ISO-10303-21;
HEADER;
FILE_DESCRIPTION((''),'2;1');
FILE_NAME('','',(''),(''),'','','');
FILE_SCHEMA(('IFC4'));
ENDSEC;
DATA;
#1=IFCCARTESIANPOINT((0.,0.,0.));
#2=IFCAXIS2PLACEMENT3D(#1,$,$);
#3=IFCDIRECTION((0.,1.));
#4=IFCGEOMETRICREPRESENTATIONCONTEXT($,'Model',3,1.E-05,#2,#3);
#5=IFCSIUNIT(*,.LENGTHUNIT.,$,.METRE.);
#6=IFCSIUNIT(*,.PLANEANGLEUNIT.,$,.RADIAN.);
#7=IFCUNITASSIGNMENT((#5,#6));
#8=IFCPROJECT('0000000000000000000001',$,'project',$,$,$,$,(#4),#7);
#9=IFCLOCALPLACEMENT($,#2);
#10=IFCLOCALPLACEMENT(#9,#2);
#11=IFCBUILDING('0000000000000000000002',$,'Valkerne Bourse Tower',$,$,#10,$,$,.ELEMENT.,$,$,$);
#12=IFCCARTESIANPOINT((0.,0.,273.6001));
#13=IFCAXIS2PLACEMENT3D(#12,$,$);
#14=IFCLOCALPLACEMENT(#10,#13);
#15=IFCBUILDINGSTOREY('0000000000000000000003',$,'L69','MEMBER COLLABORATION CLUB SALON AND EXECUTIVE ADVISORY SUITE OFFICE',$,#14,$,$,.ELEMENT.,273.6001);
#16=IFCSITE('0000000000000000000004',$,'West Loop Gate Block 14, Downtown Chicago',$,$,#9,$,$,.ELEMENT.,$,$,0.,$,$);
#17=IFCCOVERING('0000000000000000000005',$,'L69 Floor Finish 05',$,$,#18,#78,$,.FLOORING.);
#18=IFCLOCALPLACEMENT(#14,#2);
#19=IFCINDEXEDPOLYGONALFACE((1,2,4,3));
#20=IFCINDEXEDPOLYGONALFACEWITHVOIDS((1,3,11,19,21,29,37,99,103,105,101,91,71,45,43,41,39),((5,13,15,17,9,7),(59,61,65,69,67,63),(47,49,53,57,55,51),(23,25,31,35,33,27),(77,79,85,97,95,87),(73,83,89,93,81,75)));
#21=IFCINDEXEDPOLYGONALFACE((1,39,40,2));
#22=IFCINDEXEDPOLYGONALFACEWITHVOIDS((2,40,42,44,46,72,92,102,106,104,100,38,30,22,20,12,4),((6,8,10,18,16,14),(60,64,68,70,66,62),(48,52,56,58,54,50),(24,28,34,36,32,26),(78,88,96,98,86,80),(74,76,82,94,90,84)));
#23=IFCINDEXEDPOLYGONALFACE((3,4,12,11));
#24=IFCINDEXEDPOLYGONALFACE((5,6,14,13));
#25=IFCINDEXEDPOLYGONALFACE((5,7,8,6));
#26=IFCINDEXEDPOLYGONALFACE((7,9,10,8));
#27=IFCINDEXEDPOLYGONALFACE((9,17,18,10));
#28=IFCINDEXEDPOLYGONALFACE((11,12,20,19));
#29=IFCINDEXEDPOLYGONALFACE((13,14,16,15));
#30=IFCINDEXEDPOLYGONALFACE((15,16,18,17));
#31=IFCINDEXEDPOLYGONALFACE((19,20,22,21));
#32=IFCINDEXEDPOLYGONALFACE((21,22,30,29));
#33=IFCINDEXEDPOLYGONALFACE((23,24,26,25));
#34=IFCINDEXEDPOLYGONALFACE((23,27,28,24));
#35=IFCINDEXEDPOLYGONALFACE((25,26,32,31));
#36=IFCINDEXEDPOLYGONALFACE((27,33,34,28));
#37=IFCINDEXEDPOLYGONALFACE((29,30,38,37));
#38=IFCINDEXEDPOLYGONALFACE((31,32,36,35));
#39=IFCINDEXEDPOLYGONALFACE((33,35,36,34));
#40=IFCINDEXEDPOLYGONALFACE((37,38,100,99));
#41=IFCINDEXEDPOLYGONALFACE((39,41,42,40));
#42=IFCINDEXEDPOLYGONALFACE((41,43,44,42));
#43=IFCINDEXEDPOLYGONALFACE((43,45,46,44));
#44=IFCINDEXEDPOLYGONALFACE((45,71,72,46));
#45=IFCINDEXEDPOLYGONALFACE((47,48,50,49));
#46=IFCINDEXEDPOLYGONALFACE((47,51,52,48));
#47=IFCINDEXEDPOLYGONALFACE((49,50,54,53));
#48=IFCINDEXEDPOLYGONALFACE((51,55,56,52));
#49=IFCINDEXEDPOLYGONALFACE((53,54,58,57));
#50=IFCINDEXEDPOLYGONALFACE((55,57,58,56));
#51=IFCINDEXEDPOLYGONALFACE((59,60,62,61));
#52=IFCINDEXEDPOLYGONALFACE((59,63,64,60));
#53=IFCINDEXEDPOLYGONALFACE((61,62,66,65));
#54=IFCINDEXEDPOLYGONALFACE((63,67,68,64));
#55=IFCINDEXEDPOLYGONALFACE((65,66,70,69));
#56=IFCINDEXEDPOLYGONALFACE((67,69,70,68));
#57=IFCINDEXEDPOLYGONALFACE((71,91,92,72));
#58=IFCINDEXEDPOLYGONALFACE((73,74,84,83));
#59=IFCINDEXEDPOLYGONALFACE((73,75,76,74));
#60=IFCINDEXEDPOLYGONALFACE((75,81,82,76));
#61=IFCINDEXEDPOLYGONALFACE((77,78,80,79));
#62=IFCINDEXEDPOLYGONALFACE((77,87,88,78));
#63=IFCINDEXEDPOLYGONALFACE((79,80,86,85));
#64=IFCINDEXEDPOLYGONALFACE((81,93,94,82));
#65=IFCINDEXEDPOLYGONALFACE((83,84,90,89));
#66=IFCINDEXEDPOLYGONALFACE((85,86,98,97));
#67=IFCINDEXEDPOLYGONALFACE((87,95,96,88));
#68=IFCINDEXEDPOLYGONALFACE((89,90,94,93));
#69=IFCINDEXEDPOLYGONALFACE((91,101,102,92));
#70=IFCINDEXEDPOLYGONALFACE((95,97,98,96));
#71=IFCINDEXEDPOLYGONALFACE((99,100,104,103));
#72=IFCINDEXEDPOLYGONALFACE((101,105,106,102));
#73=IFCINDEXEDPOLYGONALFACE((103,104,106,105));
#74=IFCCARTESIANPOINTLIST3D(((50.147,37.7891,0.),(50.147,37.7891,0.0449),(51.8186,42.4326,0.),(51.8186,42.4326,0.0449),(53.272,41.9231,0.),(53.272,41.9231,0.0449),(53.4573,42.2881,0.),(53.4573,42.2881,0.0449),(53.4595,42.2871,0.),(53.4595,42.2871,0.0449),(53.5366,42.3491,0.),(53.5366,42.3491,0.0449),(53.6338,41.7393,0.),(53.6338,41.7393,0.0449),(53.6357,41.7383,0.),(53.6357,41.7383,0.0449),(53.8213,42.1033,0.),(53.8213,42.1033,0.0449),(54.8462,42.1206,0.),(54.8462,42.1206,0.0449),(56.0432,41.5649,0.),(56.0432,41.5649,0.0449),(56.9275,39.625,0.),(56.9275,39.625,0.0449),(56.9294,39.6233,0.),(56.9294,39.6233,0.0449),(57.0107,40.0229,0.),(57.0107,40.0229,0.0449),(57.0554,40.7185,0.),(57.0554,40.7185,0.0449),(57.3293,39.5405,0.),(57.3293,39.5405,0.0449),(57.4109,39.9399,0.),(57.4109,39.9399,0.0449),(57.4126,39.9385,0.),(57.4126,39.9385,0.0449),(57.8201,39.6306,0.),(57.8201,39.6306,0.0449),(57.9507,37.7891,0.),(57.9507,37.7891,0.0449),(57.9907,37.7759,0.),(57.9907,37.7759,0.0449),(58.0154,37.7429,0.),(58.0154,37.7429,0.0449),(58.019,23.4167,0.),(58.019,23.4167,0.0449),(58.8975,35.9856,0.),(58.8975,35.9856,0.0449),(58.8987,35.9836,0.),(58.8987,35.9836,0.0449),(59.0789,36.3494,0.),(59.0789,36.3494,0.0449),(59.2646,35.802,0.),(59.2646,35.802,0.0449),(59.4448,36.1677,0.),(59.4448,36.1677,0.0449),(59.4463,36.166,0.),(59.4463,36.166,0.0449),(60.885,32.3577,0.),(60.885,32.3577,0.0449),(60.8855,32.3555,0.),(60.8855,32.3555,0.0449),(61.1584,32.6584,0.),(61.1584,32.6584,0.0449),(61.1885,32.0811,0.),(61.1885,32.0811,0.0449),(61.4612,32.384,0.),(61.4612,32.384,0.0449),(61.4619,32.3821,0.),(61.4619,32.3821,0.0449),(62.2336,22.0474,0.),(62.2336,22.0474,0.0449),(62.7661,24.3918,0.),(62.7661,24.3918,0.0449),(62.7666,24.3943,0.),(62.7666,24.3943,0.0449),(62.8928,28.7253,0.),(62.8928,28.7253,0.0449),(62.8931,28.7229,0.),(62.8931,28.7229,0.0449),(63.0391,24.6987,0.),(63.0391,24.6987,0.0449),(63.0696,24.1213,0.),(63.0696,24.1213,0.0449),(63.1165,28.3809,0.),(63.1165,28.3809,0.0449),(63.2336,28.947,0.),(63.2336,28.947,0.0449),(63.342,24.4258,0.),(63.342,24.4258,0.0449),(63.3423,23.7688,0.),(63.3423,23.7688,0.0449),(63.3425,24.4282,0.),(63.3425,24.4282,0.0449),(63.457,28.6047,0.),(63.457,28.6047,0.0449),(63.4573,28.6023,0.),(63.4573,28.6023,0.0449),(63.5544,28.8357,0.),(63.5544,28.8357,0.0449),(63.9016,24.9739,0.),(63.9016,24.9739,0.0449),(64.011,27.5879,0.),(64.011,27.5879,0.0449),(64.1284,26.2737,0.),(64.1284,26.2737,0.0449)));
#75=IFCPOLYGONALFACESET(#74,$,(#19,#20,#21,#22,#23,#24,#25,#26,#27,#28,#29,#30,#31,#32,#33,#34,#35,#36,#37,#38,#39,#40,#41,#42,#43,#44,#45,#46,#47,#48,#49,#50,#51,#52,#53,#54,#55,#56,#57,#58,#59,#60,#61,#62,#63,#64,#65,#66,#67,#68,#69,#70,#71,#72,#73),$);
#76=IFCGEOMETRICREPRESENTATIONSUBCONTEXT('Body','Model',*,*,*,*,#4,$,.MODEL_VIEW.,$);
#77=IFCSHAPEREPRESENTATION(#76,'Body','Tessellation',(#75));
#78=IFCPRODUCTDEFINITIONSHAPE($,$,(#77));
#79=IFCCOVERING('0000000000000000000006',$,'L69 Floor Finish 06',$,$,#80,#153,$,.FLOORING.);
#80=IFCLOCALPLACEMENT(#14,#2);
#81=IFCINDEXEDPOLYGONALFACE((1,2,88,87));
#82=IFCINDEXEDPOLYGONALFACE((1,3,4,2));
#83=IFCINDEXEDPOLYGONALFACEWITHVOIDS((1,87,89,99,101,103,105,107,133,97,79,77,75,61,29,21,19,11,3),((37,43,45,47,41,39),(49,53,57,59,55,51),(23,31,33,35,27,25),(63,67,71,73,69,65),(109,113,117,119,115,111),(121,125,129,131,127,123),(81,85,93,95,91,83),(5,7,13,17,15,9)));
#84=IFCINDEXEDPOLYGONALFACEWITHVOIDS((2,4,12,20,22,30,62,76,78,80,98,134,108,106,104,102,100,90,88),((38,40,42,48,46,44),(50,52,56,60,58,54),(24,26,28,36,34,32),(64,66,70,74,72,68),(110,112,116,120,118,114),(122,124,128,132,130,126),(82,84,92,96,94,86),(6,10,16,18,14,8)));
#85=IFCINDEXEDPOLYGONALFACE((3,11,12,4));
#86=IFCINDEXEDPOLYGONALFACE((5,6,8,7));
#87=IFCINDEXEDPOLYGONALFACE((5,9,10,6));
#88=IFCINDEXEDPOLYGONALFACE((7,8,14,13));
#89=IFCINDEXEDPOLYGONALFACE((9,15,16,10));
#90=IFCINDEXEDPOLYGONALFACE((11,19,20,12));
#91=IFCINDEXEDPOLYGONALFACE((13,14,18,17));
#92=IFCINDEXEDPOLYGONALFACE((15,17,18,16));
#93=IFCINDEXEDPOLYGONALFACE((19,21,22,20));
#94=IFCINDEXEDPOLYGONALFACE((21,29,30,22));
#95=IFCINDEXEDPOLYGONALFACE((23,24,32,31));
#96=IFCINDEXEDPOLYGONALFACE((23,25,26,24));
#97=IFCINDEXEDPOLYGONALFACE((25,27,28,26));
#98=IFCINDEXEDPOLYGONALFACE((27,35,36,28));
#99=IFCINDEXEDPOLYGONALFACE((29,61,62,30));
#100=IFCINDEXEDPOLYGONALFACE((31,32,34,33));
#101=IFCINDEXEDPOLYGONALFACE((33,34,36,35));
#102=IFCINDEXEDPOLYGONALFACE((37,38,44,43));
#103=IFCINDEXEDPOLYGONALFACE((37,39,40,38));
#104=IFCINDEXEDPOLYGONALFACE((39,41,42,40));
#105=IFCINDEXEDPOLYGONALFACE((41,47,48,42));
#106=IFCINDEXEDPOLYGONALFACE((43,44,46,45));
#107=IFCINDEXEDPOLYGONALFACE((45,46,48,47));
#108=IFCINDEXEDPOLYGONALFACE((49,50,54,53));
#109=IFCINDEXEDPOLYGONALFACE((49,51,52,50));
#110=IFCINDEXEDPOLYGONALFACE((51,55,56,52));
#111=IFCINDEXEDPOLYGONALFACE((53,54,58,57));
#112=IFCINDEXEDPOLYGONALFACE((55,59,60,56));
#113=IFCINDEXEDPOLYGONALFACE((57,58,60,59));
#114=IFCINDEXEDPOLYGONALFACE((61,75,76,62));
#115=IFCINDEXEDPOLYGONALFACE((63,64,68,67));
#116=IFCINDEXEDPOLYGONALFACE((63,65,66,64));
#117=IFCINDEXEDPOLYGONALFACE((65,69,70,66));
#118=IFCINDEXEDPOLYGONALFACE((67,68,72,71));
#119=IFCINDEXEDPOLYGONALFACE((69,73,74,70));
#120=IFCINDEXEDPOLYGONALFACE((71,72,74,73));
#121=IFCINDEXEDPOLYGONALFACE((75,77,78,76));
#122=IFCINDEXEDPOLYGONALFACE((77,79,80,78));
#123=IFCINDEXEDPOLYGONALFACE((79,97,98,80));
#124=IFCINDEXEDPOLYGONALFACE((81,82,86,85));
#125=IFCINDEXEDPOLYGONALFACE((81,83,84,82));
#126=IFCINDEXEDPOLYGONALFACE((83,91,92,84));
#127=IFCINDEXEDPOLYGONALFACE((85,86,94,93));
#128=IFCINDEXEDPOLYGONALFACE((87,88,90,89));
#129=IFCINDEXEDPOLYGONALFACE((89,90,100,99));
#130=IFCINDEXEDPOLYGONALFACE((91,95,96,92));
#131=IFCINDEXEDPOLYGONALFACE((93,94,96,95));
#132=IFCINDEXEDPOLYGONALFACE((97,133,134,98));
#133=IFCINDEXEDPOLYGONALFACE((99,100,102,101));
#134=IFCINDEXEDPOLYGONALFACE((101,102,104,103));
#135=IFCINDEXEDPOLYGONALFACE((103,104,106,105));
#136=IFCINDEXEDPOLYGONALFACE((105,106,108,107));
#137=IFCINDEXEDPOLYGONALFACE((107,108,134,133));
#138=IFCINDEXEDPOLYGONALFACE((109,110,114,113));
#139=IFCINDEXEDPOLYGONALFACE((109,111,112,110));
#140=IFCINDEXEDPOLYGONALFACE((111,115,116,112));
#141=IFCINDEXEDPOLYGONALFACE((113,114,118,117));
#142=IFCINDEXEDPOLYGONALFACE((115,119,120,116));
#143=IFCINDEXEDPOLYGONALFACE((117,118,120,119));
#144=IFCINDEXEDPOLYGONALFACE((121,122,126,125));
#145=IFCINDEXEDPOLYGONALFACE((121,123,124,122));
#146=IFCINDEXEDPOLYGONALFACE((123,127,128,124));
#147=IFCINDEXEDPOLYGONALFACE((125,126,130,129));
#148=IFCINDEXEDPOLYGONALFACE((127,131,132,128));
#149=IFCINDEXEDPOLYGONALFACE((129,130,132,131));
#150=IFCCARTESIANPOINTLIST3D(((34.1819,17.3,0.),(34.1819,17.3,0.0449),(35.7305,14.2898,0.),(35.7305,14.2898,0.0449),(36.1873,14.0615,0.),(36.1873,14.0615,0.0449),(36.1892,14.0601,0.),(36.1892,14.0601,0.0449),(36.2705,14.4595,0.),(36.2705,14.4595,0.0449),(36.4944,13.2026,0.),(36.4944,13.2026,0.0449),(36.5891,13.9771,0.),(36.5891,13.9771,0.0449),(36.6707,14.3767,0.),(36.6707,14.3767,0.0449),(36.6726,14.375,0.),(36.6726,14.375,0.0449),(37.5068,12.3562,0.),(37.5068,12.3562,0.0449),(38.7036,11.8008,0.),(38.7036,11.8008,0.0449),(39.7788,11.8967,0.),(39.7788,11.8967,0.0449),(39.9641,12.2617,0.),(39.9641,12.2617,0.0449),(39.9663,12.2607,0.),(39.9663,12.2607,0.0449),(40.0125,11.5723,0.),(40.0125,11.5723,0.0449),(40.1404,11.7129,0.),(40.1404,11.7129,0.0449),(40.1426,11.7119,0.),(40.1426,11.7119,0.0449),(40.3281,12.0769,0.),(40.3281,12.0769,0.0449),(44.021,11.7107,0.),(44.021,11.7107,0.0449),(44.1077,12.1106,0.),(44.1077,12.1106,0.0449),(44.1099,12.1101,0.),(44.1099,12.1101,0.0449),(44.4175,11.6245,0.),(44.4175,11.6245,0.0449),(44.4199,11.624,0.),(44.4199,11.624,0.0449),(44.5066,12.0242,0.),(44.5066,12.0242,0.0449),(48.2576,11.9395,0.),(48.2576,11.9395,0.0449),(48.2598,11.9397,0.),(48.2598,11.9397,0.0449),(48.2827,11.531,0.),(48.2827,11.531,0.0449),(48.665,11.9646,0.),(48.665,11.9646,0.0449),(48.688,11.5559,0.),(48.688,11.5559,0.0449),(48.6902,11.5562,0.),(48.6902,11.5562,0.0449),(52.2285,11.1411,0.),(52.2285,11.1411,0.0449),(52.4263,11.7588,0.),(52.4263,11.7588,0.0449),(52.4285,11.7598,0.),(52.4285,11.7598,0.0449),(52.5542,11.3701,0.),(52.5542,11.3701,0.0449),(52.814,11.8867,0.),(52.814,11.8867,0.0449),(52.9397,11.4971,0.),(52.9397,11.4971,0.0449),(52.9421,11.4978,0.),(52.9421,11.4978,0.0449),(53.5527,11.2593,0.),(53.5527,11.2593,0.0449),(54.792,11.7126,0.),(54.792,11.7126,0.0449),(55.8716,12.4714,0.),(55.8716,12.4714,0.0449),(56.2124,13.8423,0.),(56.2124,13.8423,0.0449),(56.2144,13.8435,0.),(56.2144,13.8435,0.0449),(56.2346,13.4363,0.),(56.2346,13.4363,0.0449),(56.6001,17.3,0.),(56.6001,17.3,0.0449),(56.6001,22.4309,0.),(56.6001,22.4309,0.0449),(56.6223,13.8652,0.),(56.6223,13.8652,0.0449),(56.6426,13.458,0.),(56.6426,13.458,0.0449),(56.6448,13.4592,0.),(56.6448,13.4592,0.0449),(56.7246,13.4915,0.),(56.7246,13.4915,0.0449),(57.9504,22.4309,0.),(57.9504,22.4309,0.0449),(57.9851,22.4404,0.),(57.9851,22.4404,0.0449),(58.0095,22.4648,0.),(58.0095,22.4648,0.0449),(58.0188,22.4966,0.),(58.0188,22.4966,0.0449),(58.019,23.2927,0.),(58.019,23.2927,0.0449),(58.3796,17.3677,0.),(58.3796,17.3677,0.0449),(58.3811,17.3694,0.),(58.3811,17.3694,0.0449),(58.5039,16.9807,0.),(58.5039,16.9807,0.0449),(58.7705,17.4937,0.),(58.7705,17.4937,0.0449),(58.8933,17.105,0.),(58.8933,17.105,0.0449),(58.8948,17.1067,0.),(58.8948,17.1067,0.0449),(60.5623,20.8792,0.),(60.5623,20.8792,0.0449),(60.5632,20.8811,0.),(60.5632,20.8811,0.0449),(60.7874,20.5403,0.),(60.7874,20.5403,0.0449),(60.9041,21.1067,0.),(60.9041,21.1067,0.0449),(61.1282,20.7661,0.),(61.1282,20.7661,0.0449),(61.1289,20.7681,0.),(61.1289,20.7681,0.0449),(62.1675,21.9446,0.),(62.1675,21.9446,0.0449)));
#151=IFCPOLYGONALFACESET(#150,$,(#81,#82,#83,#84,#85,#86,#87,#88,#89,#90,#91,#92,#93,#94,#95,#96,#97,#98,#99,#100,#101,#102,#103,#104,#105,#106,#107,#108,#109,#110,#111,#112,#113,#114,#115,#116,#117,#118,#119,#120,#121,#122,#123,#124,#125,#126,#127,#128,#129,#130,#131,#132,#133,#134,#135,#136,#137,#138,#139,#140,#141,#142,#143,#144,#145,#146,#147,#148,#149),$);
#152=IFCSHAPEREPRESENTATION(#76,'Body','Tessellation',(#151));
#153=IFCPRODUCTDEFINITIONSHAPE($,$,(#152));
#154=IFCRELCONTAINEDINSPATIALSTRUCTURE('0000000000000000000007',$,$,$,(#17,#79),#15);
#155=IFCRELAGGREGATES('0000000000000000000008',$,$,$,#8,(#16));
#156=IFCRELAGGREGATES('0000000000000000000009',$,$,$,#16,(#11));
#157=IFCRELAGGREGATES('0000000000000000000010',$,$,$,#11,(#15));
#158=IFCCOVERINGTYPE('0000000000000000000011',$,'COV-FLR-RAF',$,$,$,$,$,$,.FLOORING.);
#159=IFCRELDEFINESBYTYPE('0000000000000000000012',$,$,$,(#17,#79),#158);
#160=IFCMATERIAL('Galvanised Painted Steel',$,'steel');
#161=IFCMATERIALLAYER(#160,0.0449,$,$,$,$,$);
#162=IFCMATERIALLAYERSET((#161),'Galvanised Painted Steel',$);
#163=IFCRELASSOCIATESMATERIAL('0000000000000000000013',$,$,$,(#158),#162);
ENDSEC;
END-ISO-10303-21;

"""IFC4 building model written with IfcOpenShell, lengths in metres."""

from ifc_helpers import new_model, si_unit, direction, frame, origin, place, context, subcontext, project, spatial, polyline, outline, extrude, material, layer, layer_set, type_object, element, save


model = new_model("IFC4")

# Units and contexts
model_context = context("Model", 3, precision=1e-05, world=origin(), true_north=direction((0.0, 1.0)))
body_context = subcontext(model_context, "Body", "Model", "MODEL_VIEW")
ifc_project = project(units=[si_unit("LENGTHUNIT", "METRE"), si_unit("PLANEANGLEUNIT", "RADIAN")], contexts=[model_context])

# Site, building, storey
site_placement = place(None, origin())
site = spatial("IfcSite", under=ifc_project, at=site_placement, Name="West Loop Gate Block 14, Downtown Chicago", CompositionType="ELEMENT", RefElevation=0.0)
building_placement = place(site_placement, origin())
building = spatial("IfcBuilding", under=site, at=building_placement, Name="Valkerne Bourse Tower", CompositionType="ELEMENT")
storey_placement = place(building_placement, frame((0.0, 0.0, 273.6001)))
storey = spatial("IfcBuildingStorey", under=building, at=storey_placement, Name="L69", Description="MEMBER COLLABORATION CLUB SALON AND EXECUTIVE ADVISORY SUITE OFFICE", CompositionType="ELEMENT", Elevation=273.6001)

# Coverings
ifc_material_1 = material(Name="Galvanised Painted Steel", Category="steel")
ifc_layer_1 = layer(ifc_material_1, 0.0449)
ifc_layer_set_1 = layer_set([ifc_layer_1], Name="Galvanised Painted Steel")
covering_type_1 = type_object("IfcCoveringType", Name="COV-FLR-RAF", PredefinedType="FLOORING", material=ifc_layer_set_1)
covering_1_placement = place(storey_placement, origin())
element("IfcCovering", 1, at=covering_1_placement, inside=storey, type_object=covering_type_1, Name="L69 Floor Finish 05", PredefinedType="FLOORING", context=body_context, shape_type="SweptSolid", body=[
    extrude(outline(polyline([(63.9016, 24.9739), (63.3423, 23.7688), (62.2336, 22.0474), (58.019, 23.4167), (58.0154, 37.7429), (57.9907, 37.7759), (57.9507, 37.7891), (50.147, 37.7891), (51.8186, 42.4326), (53.5366, 42.3491), (54.8462, 42.1206), (56.0432, 41.5649), (57.0554, 40.7185), (57.8201, 39.6306), (63.5544, 28.8357), (64.011, 27.5879), (64.1284, 26.2737), (63.9016, 24.9739)]), holes=[polyline([(63.3425, 24.4282), (63.0391, 24.6987), (62.7666, 24.3943), (62.7661, 24.3918), (63.0696, 24.1213), (63.342, 24.4258), (63.3425, 24.4282)]), polyline([(63.457, 28.6047), (63.2336, 28.947), (62.8928, 28.7253), (62.8931, 28.7229), (63.1165, 28.3809), (63.4573, 28.6023), (63.457, 28.6047)]), polyline([(61.4612, 32.384), (61.1584, 32.6584), (60.885, 32.3577), (60.8855, 32.3555), (61.1885, 32.0811), (61.4619, 32.3821), (61.4612, 32.384)]), polyline([(59.4448, 36.1677), (59.0789, 36.3494), (58.8975, 35.9856), (58.8987, 35.9836), (59.2646, 35.802), (59.4463, 36.166), (59.4448, 36.1677)]), polyline([(57.4109, 39.9399), (57.0107, 40.0229), (56.9275, 39.625), (56.9294, 39.6233), (57.3293, 39.5405), (57.4126, 39.9385), (57.4109, 39.9399)]), polyline([(53.4595, 42.2871), (53.4573, 42.2881), (53.272, 41.9231), (53.6338, 41.7393), (53.6357, 41.7383), (53.8213, 42.1033), (53.4595, 42.2871)])]), origin(), (0.0, 0.0, 1.0), 0.0449),
])
covering_2_placement = place(storey_placement, origin())
element("IfcCovering", 2, at=covering_2_placement, inside=storey, type_object=covering_type_1, Name="L69 Floor Finish 06", PredefinedType="FLOORING", context=body_context, shape_type="SweptSolid", body=[
    extrude(outline(polyline([(54.792, 11.7126), (53.5527, 11.2593), (52.2285, 11.1411), (40.0125, 11.5723), (38.7036, 11.8008), (37.5068, 12.3562), (36.4944, 13.2026), (35.7305, 14.2898), (34.1819, 17.3), (56.6001, 17.3), (56.6001, 22.4309), (57.9504, 22.4309), (57.9851, 22.4404), (58.0095, 22.4648), (58.0188, 22.4966), (58.019, 23.2927), (62.1675, 21.9446), (56.7246, 13.4915), (55.8716, 12.4714), (54.792, 11.7126)]), holes=[polyline([(44.1099, 12.1101), (44.1077, 12.1106), (44.021, 11.7107), (44.4175, 11.6245), (44.4199, 11.624), (44.5066, 12.0242), (44.1099, 12.1101)]), polyline([(39.9663, 12.2607), (39.9641, 12.2617), (39.7788, 11.8967), (40.1404, 11.7129), (40.1426, 11.7119), (40.3281, 12.0769), (39.9663, 12.2607)]), polyline([(36.6707, 14.3767), (36.2705, 14.4595), (36.1873, 14.0615), (36.1892, 14.0601), (36.5891, 13.9771), (36.6726, 14.375), (36.6707, 14.3767)]), polyline([(52.9421, 11.4978), (52.814, 11.8867), (52.4285, 11.7598), (52.4263, 11.7588), (52.5542, 11.3701), (52.9397, 11.4971), (52.9421, 11.4978)]), polyline([(48.6902, 11.5562), (48.665, 11.9646), (48.2598, 11.9397), (48.2576, 11.9395), (48.2827, 11.531), (48.688, 11.5559), (48.6902, 11.5562)]), polyline([(56.6448, 13.4592), (56.6223, 13.8652), (56.2144, 13.8435), (56.2124, 13.8423), (56.2346, 13.4363), (56.6426, 13.458), (56.6448, 13.4592)]), polyline([(58.8948, 17.1067), (58.7705, 17.4937), (58.3811, 17.3694), (58.3796, 17.3677), (58.5039, 16.9807), (58.8933, 17.105), (58.8948, 17.1067)]), polyline([(61.1289, 20.7681), (60.9041, 21.1067), (60.5632, 20.8811), (60.5623, 20.8792), (60.7874, 20.5403), (61.1282, 20.7661), (61.1289, 20.7681)])]), origin(), (0.0, 0.0, 1.0), 0.0449),
])

save(model, "model.ifc")
